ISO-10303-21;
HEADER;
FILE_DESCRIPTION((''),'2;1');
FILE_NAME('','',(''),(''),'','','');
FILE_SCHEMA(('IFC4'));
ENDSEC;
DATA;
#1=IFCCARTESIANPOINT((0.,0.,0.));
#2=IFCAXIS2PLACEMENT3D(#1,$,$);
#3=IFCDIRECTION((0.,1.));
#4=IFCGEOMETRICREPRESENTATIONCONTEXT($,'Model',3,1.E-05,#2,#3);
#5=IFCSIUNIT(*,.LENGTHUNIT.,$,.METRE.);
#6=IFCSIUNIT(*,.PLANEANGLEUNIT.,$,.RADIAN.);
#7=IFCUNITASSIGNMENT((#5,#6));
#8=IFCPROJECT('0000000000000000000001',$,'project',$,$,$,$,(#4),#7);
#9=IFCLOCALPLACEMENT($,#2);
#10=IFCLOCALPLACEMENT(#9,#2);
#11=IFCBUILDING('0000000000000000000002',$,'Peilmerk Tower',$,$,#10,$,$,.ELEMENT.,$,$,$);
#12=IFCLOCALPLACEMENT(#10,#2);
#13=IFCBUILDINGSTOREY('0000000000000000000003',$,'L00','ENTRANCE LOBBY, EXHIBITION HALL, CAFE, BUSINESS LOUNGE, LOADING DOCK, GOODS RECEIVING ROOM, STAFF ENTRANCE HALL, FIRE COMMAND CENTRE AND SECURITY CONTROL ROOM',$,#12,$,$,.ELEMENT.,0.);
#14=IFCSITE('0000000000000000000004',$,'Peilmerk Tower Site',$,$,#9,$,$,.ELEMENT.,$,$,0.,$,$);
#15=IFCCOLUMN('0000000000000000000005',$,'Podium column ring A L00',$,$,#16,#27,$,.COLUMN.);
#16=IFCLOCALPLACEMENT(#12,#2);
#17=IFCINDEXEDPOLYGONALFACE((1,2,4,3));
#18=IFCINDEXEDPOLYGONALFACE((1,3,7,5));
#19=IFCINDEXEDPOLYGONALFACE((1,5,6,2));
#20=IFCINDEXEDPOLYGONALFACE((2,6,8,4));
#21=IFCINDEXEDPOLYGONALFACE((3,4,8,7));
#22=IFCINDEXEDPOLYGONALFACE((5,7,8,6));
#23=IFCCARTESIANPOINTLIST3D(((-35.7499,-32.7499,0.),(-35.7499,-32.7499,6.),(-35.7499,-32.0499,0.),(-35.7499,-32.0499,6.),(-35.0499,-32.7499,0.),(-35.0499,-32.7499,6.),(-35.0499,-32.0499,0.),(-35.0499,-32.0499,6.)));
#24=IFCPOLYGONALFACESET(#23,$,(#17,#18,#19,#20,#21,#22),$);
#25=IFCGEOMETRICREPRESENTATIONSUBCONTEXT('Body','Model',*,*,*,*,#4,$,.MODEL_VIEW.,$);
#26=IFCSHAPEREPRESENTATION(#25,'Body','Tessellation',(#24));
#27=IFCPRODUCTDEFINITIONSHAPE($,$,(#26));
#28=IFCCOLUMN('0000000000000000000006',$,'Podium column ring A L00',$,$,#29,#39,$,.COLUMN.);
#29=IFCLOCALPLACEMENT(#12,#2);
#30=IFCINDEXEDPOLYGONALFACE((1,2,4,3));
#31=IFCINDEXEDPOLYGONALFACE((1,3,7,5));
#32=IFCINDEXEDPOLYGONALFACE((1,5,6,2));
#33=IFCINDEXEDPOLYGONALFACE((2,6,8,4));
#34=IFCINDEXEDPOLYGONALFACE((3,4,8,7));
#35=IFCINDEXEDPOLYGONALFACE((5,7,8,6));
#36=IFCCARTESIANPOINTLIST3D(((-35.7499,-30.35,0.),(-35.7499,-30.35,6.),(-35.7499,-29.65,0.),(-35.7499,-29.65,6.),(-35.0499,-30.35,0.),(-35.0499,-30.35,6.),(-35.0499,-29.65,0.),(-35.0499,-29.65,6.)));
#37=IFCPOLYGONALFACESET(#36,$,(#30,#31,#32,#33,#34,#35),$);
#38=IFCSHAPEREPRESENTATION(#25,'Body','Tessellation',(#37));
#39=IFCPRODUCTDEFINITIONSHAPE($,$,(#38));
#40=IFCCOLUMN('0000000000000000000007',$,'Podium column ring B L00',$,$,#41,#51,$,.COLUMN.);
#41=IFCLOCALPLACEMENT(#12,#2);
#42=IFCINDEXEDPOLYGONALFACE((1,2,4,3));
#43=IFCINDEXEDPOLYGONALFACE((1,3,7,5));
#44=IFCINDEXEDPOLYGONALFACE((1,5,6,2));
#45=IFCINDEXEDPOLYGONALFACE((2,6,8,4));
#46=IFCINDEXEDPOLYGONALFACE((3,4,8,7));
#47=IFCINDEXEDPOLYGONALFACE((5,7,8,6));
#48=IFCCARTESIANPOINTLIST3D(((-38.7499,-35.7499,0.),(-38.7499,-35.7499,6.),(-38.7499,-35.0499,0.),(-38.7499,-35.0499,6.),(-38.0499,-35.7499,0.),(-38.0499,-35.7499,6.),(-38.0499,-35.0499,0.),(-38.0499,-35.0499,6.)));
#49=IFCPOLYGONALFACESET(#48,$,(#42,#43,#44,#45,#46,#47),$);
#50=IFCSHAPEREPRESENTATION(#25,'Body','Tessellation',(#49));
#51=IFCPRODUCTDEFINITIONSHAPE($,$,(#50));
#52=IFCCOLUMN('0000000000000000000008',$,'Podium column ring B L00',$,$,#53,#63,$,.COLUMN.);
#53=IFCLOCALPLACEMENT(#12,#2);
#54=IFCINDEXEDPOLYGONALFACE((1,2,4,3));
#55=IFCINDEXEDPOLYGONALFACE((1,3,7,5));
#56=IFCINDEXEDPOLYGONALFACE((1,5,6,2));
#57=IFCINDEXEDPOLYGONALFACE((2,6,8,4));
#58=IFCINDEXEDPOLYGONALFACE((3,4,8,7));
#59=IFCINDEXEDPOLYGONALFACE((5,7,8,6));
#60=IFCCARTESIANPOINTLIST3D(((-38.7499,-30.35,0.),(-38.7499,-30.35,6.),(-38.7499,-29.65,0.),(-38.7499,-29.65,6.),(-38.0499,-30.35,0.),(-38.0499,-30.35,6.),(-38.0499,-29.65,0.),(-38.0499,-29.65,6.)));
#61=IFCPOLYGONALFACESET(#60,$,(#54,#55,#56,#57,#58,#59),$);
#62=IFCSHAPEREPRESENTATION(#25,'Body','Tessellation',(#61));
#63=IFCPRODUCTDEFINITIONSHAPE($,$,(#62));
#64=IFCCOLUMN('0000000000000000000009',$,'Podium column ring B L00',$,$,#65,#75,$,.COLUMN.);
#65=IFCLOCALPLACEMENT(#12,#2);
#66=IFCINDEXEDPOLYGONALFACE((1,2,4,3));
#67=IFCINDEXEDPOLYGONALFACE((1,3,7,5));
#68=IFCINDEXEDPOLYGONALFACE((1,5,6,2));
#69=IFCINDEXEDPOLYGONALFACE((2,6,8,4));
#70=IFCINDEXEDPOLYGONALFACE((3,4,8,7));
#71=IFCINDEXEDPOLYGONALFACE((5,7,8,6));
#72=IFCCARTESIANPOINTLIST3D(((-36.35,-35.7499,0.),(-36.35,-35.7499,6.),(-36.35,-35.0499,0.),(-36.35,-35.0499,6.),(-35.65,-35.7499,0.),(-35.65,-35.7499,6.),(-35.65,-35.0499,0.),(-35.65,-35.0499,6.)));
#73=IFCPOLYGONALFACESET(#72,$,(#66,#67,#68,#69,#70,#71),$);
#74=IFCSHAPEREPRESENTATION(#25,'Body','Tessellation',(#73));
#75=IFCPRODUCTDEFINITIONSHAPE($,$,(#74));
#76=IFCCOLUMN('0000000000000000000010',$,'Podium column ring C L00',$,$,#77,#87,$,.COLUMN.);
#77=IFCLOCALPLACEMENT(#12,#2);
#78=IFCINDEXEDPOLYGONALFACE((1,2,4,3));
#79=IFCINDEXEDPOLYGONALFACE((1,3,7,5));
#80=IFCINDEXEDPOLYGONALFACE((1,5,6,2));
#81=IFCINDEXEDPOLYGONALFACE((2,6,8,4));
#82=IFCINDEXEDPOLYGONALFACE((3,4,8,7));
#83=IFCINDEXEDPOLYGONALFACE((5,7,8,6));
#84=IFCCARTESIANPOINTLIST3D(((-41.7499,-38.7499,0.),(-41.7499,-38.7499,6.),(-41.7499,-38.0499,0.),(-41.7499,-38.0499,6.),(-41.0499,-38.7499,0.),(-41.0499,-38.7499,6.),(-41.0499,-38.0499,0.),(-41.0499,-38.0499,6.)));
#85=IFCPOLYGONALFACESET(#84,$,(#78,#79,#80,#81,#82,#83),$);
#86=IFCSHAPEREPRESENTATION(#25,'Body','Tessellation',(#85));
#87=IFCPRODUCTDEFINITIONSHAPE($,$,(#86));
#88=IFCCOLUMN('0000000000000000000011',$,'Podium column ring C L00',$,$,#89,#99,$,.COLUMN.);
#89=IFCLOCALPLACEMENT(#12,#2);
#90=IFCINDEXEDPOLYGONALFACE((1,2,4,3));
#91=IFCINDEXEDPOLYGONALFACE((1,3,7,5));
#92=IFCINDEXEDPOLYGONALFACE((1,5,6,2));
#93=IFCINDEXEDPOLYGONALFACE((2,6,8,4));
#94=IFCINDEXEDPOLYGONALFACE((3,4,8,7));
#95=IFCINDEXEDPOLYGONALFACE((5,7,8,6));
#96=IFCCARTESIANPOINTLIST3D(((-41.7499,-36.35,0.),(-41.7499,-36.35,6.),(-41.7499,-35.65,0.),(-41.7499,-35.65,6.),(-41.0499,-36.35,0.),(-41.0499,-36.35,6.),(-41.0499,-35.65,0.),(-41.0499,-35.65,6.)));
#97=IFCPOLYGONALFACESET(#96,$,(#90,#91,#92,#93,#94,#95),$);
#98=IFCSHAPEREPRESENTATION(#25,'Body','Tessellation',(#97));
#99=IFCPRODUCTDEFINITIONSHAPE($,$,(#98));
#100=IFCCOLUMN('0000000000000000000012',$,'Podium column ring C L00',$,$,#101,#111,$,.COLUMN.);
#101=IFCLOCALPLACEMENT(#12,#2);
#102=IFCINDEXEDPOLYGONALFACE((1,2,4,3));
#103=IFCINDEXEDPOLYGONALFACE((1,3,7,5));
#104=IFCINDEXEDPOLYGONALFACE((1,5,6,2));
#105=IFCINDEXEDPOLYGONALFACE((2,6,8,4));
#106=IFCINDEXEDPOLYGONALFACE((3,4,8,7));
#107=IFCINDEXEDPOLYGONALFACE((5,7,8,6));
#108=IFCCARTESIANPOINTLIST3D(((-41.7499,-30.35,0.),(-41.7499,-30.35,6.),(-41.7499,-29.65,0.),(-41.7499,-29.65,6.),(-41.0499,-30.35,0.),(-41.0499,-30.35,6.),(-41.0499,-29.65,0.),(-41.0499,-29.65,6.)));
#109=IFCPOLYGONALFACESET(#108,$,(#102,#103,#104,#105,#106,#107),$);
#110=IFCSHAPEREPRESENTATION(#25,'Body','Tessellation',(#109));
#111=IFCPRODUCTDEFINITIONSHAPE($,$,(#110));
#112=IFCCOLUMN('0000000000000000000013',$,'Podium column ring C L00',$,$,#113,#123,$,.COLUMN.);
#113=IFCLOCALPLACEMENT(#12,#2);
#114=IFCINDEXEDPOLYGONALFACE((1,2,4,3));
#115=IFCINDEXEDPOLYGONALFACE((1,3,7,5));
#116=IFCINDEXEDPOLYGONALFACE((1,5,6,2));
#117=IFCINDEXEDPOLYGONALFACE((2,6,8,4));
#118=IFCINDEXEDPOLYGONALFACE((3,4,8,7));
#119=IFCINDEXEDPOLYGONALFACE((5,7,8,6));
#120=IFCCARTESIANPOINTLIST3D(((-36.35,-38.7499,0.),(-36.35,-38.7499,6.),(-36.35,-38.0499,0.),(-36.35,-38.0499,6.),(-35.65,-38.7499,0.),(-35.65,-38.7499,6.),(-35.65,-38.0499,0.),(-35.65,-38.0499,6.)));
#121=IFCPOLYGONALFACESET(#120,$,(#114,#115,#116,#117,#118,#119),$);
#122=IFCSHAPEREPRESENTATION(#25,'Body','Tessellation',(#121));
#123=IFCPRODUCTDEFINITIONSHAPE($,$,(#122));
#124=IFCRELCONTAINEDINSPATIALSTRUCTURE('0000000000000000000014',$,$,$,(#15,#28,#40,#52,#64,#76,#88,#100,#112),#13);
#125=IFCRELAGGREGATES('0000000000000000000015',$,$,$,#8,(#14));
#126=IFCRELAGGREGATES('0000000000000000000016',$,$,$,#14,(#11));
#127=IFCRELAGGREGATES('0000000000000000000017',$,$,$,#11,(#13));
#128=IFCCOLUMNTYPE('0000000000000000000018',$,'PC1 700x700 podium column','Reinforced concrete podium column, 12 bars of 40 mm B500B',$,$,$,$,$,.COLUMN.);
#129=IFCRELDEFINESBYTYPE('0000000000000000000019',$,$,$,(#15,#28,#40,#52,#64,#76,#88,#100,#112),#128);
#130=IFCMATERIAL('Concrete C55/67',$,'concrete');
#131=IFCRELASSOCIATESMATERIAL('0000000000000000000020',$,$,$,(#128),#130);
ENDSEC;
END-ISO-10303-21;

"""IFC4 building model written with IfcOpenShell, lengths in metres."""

from ifc_helpers import new_model, si_unit, direction, frame, origin, origin_2d, place, context, subcontext, project, spatial, rectangle, extrude, material, material_profile, profile_set, type_object, element, save


model = new_model("IFC4")

# Units and contexts
model_context = context("Model", 3, precision=1e-05, world=origin(), true_north=direction((0.0, 1.0)))
body_context = subcontext(model_context, "Body", "Model", "MODEL_VIEW")
ifc_project = project(units=[si_unit("LENGTHUNIT", "METRE"), si_unit("PLANEANGLEUNIT", "RADIAN")], contexts=[model_context])

# Site, building, storey
site_placement = place(None, origin())
site = spatial("IfcSite", under=ifc_project, at=site_placement, Name="Peilmerk Tower Site", CompositionType="ELEMENT", RefElevation=0.0)
building_placement = place(site_placement, origin())
building = spatial("IfcBuilding", under=site, at=building_placement, Name="Peilmerk Tower", CompositionType="ELEMENT")
storey_placement = place(building_placement, origin())
storey = spatial("IfcBuildingStorey", under=building, at=storey_placement, Name="L00", Description="ENTRANCE LOBBY, EXHIBITION HALL, CAFE, BUSINESS LOUNGE, LOADING DOCK, GOODS RECEIVING ROOM, STAFF ENTRANCE HALL, FIRE COMMAND CENTRE AND SECURITY CONTROL ROOM", CompositionType="ELEMENT", Elevation=0.0)

# Columns
ifc_material_1 = material(Name="Concrete C55/67", Category="concrete")
ifc_material_profile = material_profile(ifc_material_1, rectangle(XDim=0.7, YDim=0.7, at=origin_2d()), Name="RC 700x700")
ifc_profile_set = profile_set([ifc_material_profile], Name="Concrete C55/67")
column_type = type_object("IfcColumnType", Name="PC1 700x700 podium column", Description="Reinforced concrete podium column, 12 bars of 40 mm B500B", PredefinedType="COLUMN", material=ifc_profile_set)
for number, where, z_axis, x_axis, name in (
    (1, (-35.3999, -32.3999, 0.0), (0.0, 0.0, 1.0), (1.0, 0.0, 0.0), "Podium column ring A L00"),
    (2, (-35.3999, -30.0, 0.0), (0.0, 0.0, 1.0), (1.0, 0.0, 0.0), "Podium column ring A L00"),
    (3, (-38.3999, -35.3999, 0.0), (0.0, 0.0, 1.0), (1.0, 0.0, 0.0), "Podium column ring B L00"),
    (4, (-38.3999, -30.0, 0.0), (0.0, 0.0, 1.0), (1.0, 0.0, 0.0), "Podium column ring B L00"),
    (5, (-36.0, -35.3999, 0.0), (0.0, 0.0, 1.0), (1.0, 0.0, 0.0), "Podium column ring B L00"),
    (6, (-41.3999, -38.3999, 0.0), (0.0, 0.0, 1.0), (1.0, 0.0, 0.0), "Podium column ring C L00"),
    (7, (-41.3999, -36.0, 0.0), (0.0, 0.0, 1.0), (1.0, 0.0, 0.0), "Podium column ring C L00"),
    (8, (-41.3999, -30.0, 0.0), (0.0, 0.0, 1.0), (1.0, 0.0, 0.0), "Podium column ring C L00"),
    (9, (-36.0, -38.3999, 0.0), (0.0, 0.0, 1.0), (1.0, 0.0, 0.0), "Podium column ring C L00"),
):
    element("IfcColumn", number, at=place(storey_placement, frame(where, z_axis=z_axis, x_axis=x_axis)), inside=storey, type_object=column_type, Name=name, PredefinedType="COLUMN", context=body_context, shape_type="SweptSolid", body=[
        extrude(rectangle(XDim=0.7, YDim=0.7, at=origin_2d()), origin(), (0.0, 0.0, 1.0), 6.0),
    ])

save(model, "model.ifc")
